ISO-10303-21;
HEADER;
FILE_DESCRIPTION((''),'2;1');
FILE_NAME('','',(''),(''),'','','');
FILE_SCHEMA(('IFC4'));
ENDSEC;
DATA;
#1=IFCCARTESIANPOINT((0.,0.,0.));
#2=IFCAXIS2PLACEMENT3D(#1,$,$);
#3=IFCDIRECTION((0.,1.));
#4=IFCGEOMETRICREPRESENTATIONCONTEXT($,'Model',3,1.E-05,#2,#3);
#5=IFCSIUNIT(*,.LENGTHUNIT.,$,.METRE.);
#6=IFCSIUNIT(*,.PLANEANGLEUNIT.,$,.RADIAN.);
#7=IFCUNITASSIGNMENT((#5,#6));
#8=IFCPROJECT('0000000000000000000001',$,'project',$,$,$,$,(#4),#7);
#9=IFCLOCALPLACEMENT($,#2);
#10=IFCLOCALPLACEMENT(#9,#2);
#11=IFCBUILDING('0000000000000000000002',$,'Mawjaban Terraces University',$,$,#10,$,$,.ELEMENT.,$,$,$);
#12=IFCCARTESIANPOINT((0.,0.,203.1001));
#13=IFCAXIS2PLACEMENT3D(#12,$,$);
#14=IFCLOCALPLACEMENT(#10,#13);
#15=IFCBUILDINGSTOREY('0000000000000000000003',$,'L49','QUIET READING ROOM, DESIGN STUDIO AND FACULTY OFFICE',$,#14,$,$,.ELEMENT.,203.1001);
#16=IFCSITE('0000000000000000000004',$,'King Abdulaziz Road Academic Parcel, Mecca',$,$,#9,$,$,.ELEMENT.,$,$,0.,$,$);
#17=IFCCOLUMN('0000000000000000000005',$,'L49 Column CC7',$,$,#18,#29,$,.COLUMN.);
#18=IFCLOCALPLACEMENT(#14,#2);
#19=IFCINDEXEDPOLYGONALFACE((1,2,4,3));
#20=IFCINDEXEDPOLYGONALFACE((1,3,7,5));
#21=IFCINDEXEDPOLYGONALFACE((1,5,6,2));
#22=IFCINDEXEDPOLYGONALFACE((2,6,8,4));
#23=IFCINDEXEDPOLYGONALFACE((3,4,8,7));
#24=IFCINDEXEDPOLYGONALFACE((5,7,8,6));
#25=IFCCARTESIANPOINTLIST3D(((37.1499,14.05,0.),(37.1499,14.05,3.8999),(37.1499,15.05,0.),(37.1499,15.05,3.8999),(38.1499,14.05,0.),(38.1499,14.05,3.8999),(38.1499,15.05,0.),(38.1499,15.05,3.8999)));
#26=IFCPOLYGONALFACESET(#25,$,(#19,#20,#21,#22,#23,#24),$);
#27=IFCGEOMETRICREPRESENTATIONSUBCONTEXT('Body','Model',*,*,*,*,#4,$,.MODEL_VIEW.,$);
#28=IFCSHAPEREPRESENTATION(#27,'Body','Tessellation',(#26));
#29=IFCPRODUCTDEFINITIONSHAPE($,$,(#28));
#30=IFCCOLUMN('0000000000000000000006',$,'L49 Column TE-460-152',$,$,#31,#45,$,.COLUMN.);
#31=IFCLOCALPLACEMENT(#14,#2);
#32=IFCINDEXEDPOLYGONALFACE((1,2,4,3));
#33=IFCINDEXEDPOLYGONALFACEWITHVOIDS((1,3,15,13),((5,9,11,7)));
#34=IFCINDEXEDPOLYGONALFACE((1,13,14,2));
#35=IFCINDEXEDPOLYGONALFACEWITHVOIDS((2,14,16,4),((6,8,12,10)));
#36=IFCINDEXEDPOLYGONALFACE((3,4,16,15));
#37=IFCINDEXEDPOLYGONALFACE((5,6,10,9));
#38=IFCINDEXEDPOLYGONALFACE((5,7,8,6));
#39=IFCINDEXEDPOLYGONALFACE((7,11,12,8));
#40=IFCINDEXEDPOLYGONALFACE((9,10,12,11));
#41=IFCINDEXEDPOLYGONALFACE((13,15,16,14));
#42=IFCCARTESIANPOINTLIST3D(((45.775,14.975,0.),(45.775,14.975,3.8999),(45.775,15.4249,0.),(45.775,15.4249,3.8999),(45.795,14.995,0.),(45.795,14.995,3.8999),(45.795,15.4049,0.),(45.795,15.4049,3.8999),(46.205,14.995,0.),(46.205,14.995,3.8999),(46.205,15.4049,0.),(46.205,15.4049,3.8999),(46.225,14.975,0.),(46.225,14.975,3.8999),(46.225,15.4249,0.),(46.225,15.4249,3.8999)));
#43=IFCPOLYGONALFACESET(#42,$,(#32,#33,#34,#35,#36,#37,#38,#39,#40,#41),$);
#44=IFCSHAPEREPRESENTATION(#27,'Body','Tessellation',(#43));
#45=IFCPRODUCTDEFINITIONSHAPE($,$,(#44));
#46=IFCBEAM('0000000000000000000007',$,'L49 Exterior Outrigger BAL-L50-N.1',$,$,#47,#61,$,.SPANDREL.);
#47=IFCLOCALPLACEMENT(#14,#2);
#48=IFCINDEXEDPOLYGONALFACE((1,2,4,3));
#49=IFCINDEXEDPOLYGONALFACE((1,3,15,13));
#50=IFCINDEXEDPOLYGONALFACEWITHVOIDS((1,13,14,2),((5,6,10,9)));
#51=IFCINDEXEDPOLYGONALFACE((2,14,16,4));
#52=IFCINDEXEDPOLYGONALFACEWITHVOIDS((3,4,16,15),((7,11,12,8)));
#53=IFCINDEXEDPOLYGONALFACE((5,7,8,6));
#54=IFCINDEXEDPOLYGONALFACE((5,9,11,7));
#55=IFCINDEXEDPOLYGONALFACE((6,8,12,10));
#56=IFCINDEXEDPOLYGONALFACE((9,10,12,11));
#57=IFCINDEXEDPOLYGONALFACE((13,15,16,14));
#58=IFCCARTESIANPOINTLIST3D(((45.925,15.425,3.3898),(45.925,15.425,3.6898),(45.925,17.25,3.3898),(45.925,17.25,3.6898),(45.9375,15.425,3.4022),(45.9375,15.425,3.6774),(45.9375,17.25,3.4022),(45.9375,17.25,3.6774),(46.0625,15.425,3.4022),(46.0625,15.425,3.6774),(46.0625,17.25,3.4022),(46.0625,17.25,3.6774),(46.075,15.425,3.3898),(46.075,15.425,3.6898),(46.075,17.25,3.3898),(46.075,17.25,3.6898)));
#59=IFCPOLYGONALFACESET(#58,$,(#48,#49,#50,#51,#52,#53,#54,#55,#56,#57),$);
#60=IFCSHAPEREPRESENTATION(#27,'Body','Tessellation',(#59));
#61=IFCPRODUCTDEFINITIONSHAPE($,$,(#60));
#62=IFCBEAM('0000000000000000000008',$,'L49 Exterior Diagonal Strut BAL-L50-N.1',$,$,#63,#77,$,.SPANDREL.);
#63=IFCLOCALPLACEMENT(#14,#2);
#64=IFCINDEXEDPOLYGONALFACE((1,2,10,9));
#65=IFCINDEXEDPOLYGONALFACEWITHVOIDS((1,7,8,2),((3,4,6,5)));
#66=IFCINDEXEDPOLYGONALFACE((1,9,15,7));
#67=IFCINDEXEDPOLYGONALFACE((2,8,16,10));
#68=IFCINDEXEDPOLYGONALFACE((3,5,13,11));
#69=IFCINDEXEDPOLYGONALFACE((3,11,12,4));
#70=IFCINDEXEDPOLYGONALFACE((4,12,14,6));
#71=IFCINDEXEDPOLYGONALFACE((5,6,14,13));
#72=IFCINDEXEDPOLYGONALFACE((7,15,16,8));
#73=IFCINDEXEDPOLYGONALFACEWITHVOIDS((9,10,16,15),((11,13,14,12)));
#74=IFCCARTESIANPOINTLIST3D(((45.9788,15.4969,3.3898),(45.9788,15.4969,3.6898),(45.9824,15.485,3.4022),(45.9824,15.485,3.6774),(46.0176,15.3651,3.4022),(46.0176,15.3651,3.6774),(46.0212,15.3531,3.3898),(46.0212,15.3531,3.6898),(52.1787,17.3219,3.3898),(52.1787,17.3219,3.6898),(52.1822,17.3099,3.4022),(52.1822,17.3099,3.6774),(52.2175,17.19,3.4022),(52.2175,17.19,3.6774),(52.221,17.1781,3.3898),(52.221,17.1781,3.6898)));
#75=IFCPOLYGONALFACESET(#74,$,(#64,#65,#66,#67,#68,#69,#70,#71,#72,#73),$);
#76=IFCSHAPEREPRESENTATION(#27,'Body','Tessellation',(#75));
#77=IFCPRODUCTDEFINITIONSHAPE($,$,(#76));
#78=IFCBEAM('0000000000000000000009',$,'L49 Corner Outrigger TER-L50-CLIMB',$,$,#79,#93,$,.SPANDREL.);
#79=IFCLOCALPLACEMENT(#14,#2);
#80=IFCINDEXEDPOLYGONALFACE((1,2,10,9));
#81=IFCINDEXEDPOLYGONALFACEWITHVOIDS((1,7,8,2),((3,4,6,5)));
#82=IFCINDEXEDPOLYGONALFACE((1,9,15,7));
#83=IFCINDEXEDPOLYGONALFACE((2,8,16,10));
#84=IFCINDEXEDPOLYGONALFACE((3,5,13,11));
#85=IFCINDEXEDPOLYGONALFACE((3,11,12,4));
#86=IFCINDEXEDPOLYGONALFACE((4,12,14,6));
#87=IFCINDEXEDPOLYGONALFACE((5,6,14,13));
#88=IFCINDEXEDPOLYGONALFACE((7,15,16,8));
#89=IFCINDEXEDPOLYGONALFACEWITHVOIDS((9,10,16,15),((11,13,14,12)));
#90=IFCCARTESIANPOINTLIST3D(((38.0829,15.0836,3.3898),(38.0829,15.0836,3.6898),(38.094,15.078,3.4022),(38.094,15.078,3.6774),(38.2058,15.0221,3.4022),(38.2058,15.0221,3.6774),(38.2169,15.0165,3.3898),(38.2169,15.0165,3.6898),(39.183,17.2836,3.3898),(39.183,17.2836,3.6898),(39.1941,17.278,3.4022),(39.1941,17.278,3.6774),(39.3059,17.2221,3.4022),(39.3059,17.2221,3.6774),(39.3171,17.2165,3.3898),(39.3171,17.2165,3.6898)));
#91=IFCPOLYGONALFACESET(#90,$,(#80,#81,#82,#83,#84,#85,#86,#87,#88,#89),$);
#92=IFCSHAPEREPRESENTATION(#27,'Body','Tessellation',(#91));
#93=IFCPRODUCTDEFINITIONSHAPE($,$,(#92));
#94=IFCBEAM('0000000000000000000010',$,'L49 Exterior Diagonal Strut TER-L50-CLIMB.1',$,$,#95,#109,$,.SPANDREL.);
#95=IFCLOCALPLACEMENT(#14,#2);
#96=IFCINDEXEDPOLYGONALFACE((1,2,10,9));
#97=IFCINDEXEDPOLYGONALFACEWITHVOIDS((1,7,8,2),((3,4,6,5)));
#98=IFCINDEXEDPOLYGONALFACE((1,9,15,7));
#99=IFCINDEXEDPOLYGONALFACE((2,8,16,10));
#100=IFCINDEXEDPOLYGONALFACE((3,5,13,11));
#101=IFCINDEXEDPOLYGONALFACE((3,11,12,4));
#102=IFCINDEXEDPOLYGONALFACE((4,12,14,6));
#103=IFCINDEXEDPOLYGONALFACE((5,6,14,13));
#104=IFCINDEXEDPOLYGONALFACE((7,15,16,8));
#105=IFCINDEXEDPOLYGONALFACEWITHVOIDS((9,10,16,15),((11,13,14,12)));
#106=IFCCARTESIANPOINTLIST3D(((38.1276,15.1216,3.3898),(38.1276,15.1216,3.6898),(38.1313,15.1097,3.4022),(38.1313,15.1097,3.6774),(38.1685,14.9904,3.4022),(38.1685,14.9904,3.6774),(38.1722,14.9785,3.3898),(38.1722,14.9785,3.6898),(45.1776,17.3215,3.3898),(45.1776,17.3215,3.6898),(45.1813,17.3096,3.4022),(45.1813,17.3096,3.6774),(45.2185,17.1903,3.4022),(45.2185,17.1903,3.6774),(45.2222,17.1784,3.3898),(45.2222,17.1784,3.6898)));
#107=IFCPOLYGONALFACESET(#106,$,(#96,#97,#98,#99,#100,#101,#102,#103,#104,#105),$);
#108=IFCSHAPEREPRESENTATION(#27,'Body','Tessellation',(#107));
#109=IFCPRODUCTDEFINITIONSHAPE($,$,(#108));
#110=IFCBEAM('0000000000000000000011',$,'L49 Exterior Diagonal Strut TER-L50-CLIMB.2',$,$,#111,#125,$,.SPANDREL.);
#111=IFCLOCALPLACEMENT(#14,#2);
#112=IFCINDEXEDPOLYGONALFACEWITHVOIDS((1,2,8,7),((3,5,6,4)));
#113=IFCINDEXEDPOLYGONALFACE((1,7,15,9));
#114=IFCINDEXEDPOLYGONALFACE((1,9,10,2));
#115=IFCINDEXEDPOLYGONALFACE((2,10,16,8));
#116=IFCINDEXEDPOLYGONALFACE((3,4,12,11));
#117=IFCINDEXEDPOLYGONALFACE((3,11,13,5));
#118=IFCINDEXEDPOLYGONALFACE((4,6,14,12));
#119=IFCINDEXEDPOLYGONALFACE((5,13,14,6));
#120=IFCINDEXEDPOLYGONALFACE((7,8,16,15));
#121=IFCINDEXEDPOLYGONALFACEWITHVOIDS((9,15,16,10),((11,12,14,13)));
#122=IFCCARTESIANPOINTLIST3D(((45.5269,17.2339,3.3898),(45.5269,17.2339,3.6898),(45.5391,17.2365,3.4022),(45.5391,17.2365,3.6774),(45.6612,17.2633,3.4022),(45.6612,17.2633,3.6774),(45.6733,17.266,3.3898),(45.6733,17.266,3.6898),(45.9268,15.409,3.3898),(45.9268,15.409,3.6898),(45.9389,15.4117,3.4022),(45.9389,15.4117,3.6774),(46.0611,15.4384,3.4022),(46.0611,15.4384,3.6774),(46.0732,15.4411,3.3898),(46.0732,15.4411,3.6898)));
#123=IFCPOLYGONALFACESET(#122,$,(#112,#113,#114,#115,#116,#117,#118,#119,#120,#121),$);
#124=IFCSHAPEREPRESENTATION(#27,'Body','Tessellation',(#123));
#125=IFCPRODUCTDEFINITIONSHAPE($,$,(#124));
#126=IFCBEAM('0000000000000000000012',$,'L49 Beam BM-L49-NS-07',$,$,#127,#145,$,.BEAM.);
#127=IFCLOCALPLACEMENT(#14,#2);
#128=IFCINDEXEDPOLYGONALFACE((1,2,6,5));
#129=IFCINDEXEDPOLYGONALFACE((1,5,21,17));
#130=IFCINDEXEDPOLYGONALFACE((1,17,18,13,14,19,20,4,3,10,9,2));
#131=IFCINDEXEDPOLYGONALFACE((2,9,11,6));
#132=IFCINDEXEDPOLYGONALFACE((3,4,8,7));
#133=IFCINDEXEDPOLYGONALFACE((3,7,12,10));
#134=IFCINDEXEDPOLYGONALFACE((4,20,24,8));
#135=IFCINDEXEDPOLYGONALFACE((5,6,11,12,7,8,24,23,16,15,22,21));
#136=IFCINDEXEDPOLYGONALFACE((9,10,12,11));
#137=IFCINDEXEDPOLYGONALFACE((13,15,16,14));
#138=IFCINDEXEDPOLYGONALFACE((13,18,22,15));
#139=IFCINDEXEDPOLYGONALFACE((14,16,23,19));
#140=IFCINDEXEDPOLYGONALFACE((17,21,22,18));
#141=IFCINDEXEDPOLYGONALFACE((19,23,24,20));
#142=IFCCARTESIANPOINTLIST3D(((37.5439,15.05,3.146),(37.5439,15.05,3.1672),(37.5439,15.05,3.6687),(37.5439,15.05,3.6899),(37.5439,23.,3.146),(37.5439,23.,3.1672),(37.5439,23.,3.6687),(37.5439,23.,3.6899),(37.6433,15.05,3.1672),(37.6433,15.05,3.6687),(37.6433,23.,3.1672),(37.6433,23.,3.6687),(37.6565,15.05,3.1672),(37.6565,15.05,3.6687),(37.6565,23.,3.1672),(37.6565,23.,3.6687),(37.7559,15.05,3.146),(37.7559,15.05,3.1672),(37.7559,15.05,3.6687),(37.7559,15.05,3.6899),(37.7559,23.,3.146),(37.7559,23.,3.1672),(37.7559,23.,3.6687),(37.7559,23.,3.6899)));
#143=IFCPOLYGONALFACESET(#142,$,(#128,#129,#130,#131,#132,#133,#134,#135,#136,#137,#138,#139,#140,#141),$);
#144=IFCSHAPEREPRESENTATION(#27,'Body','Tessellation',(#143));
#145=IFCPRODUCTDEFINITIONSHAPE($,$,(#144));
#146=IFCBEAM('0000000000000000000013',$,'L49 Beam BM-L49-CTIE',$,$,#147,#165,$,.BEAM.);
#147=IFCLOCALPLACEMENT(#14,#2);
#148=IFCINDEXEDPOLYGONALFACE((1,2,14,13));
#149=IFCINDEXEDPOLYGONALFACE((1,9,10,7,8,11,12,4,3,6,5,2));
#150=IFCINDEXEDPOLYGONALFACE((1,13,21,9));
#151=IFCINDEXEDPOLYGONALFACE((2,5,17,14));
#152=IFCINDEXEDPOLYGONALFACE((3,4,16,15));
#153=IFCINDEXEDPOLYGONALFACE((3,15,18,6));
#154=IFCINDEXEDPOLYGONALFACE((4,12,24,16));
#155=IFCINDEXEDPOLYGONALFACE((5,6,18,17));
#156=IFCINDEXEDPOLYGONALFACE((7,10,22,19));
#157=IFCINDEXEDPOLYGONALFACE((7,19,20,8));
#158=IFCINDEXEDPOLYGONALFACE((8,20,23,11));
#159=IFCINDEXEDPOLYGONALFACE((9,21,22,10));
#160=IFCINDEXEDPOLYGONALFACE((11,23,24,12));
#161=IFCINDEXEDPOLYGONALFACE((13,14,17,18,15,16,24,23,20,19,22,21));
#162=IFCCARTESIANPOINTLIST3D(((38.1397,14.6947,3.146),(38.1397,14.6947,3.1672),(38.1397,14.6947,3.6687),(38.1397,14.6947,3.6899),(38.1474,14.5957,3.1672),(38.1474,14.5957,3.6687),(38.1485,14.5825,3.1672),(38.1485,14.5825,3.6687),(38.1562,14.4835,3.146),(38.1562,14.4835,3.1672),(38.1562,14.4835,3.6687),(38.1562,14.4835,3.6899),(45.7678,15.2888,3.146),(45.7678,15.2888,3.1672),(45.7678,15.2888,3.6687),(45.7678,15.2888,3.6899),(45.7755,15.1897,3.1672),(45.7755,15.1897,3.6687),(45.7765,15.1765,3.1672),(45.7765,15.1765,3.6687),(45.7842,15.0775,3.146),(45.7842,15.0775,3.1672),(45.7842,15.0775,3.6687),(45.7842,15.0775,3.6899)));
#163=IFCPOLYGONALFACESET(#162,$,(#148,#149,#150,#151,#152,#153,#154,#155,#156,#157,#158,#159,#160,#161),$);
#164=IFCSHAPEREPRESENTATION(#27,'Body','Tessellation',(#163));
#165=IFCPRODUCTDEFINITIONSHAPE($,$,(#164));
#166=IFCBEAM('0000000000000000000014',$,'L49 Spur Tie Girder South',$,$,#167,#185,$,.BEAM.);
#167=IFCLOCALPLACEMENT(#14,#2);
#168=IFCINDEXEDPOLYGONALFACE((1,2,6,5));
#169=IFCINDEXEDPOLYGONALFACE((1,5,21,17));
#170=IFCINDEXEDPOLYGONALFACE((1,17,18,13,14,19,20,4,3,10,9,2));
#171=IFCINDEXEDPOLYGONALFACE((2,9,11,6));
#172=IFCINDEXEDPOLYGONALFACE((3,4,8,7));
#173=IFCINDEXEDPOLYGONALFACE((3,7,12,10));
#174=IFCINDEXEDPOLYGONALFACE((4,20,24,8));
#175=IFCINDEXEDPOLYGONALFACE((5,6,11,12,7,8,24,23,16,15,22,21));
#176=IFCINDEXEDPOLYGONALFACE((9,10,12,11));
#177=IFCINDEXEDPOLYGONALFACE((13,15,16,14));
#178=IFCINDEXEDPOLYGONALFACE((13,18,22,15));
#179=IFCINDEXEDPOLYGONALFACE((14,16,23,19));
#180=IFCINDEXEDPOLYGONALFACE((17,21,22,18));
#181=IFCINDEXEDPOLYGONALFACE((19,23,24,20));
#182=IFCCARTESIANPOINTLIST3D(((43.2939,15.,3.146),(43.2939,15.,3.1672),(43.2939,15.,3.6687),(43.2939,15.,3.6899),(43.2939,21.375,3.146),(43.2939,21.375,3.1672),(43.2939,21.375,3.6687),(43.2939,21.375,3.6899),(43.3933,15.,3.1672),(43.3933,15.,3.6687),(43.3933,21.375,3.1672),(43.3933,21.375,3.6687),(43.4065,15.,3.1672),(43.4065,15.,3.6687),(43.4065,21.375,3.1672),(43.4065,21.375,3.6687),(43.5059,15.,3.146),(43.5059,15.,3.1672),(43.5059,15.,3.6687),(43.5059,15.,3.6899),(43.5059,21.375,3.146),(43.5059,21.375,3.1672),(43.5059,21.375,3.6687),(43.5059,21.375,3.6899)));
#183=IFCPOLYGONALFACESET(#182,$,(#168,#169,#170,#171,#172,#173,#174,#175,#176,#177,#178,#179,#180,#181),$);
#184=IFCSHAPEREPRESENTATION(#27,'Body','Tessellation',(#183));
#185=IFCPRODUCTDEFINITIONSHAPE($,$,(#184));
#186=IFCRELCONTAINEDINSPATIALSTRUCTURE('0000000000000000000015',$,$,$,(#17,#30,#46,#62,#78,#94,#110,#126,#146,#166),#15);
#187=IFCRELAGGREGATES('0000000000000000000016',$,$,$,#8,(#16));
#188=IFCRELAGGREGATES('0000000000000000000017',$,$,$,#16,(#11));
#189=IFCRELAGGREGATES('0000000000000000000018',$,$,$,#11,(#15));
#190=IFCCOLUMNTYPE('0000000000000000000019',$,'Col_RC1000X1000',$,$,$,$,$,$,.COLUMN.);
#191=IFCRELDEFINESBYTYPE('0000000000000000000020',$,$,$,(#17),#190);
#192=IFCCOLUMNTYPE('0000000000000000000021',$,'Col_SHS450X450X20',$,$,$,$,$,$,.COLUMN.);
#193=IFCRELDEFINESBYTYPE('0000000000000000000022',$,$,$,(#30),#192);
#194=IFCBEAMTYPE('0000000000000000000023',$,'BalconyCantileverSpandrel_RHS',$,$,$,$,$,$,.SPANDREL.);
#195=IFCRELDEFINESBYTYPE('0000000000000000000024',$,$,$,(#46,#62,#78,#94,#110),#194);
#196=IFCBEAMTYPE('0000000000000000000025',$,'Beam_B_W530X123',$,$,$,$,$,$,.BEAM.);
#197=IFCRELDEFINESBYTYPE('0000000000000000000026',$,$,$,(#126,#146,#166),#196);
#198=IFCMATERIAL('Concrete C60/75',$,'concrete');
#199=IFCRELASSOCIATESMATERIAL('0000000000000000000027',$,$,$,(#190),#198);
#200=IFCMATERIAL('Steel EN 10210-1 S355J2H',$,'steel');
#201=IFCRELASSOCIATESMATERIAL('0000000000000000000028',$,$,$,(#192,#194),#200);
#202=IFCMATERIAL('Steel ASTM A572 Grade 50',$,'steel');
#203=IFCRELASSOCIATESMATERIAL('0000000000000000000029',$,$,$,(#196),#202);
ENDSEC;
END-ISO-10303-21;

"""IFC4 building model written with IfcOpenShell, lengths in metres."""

from ifc_helpers import new_model, si_unit, direction, frame, origin, origin_2d, place, context, subcontext, project, spatial, rectangle, hollow_rectangle, i_section, extrude, material, material_profile, profile_set, type_object, element, save


model = new_model("IFC4")

# Units and contexts
model_context = context("Model", 3, precision=1e-05, world=origin(), true_north=direction((0.0, 1.0)))
body_context = subcontext(model_context, "Body", "Model", "MODEL_VIEW")
ifc_project = project(units=[si_unit("LENGTHUNIT", "METRE"), si_unit("PLANEANGLEUNIT", "RADIAN")], contexts=[model_context])

# Site, building, storey
site_placement = place(None, origin())
site = spatial("IfcSite", under=ifc_project, at=site_placement, Name="King Abdulaziz Road Academic Parcel, Mecca", CompositionType="ELEMENT", RefElevation=0.0)
building_placement = place(site_placement, origin())
building = spatial("IfcBuilding", under=site, at=building_placement, Name="Mawjaban Terraces University", CompositionType="ELEMENT")
storey_placement = place(building_placement, frame((0.0, 0.0, 203.1001)))
storey = spatial("IfcBuildingStorey", under=building, at=storey_placement, Name="L49", Description="QUIET READING ROOM, DESIGN STUDIO AND FACULTY OFFICE", CompositionType="ELEMENT", Elevation=203.1001)

# Columns
ifc_material_1 = material(Name="Concrete C60/75", Category="concrete")
ifc_material_profile_1 = material_profile(ifc_material_1, rectangle(XDim=1.0, YDim=1.0, at=origin_2d()), Name="RC1000X1000")
ifc_profile_set_1 = profile_set([ifc_material_profile_1], Name="Concrete C60/75")
column_type_1 = type_object("IfcColumnType", Name="Col_RC1000X1000", PredefinedType="COLUMN", material=ifc_profile_set_1)
column_1_placement = place(storey_placement, frame((37.6499, 14.55, 0.0), z_axis=(0.0, 0.0, 1.0), x_axis=(1.0, 0.0, 0.0)))
element("IfcColumn", 1, at=column_1_placement, inside=storey, type_object=column_type_1, Name="L49 Column CC7", PredefinedType="COLUMN", context=body_context, shape_type="SweptSolid", body=[
    extrude(rectangle(XDim=1.0, YDim=1.0, at=origin_2d()), origin(), (0.0, 0.0, 1.0), 3.8999),
])
ifc_material_2 = material(Name="Steel EN 10210-1 S355J2H", Category="steel")
ifc_material_profile_2 = material_profile(ifc_material_2, hollow_rectangle(XDim=0.45, YDim=0.45, WallThickness=0.02, at=origin_2d()), Name="SHS450X450X20")
ifc_profile_set_2 = profile_set([ifc_material_profile_2], Name="Steel EN 10210-1 S355J2H")
column_type_2 = type_object("IfcColumnType", Name="Col_SHS450X450X20", PredefinedType="COLUMN", material=ifc_profile_set_2)
column_2_placement = place(storey_placement, frame((46.0, 15.2, 0.0), z_axis=(0.0, 0.0, 1.0), x_axis=(1.0, 0.0, 0.0)))
element("IfcColumn", 2, at=column_2_placement, inside=storey, type_object=column_type_2, Name="L49 Column TE-460-152", PredefinedType="COLUMN", context=body_context, shape_type="SweptSolid", body=[
    extrude(hollow_rectangle(XDim=0.45, YDim=0.45, WallThickness=0.02, at=origin_2d()), origin(), (0.0, 0.0, 1.0), 3.8999),
])

# Beams
ifc_material_profile_3 = material_profile(ifc_material_2, hollow_rectangle(XDim=0.1499, YDim=0.3, WallThickness=0.0125, at=origin_2d()), Name="RHS300X150X12.5")
ifc_profile_set_3 = profile_set([ifc_material_profile_3], Name="Steel EN 10210-1 S355J2H")
beam_type_1 = type_object("IfcBeamType", Name="BalconyCantileverSpandrel_RHS", PredefinedType="SPANDREL", material=ifc_profile_set_3)
beam_1_placement = place(storey_placement, frame((46.0, 15.425, 3.5398), z_axis=(0.0, 1.0, 0.0), x_axis=(-1.0, 0.0, 0.0)))
element("IfcBeam", 3, at=beam_1_placement, inside=storey, type_object=beam_type_1, Name="L49 Exterior Outrigger BAL-L50-N.1", PredefinedType="SPANDREL", context=body_context, shape_type="SweptSolid", body=[
    extrude(hollow_rectangle(XDim=0.1499, YDim=0.3, WallThickness=0.0125, at=origin_2d()), origin(), (0.0, 0.0, 1.0), 1.825),
])
beam_2_placement = place(storey_placement, frame((46.0, 15.425, 3.5398), z_axis=(0.959305, 0.282371, 0.0), x_axis=(-0.282371, 0.959305, 0.0)))
element("IfcBeam", 4, at=beam_2_placement, inside=storey, type_object=beam_type_1, Name="L49 Exterior Diagonal Strut BAL-L50-N.1", PredefinedType="SPANDREL", context=body_context, shape_type="SweptSolid", body=[
    extrude(hollow_rectangle(XDim=0.1499, YDim=0.3, WallThickness=0.0125, at=origin_2d()), origin(), (0.0, 0.0, 1.0), 6.4629),
])
beam_3_placement = place(storey_placement, frame((38.1499, 15.05, 3.5398), z_axis=(0.447253, 0.894407, 0.0), x_axis=(-0.894407, 0.447253, 0.0)))
element("IfcBeam", 5, at=beam_3_placement, inside=storey, type_object=beam_type_1, Name="L49 Corner Outrigger TER-L50-CLIMB", PredefinedType="SPANDREL", context=body_context, shape_type="SweptSolid", body=[
    extrude(hollow_rectangle(XDim=0.1499, YDim=0.3, WallThickness=0.0125, at=origin_2d()), origin(), (0.0, 0.0, 1.0), 2.4597),
])
beam_4_placement = place(storey_placement, frame((38.1499, 15.05, 3.5398), z_axis=(0.954603, 0.297882, 0.0), x_axis=(-0.297882, 0.954603, 0.0)))
element("IfcBeam", 6, at=beam_4_placement, inside=storey, type_object=beam_type_1, Name="L49 Exterior Diagonal Strut TER-L50-CLIMB.1", PredefinedType="SPANDREL", context=body_context, shape_type="SweptSolid", body=[
    extrude(hollow_rectangle(XDim=0.1499, YDim=0.3, WallThickness=0.0125, at=origin_2d()), origin(), (0.0, 0.0, 1.0), 7.3853),
])
beam_5_placement = place(storey_placement, frame((46.0, 15.425, 3.5398), z_axis=(-0.214052, 0.976822, 0.0), x_axis=(-0.976822, -0.214052, 0.0)))
element("IfcBeam", 7, at=beam_5_placement, inside=storey, type_object=beam_type_1, Name="L49 Exterior Diagonal Strut TER-L50-CLIMB.2", PredefinedType="SPANDREL", context=body_context, shape_type="SweptSolid", body=[
    extrude(hollow_rectangle(XDim=0.1499, YDim=0.3, WallThickness=0.0125, at=origin_2d()), origin(), (0.0, 0.0, 1.0), 1.8682),
])
ifc_material_3 = material(Name="Steel ASTM A572 Grade 50", Category="steel")
ifc_material_profile_4 = material_profile(ifc_material_3, i_section(OverallWidth=0.2119, OverallDepth=0.5439, WebThickness=0.0132, FlangeThickness=0.0212, at=origin_2d()), Name="W530X123")
ifc_profile_set_4 = profile_set([ifc_material_profile_4], Name="Steel ASTM A572 Grade 50")
beam_type_2 = type_object("IfcBeamType", Name="Beam_B_W530X123", PredefinedType="BEAM", material=ifc_profile_set_4)
beam_6_placement = place(storey_placement, frame((37.6499, 15.05, 3.418), z_axis=(0.0, 1.0, 0.0), x_axis=(-1.0, 0.0, 0.0)))
element("IfcBeam", 8, at=beam_6_placement, inside=storey, type_object=beam_type_2, Name="L49 Beam BM-L49-NS-07", PredefinedType="BEAM", context=body_context, shape_type="SweptSolid", body=[
    extrude(i_section(OverallWidth=0.2119, OverallDepth=0.5439, WebThickness=0.0132, FlangeThickness=0.0212, at=origin_2d()), origin(), (0.0, 0.0, 1.0), 7.95),
])
beam_7_placement = place(storey_placement, frame((38.1479, 14.5891, 3.418), z_axis=(0.996982, 0.077636, 0.0), x_axis=(-0.077636, 0.996982, 0.0)))
element("IfcBeam", 9, at=beam_7_placement, inside=storey, type_object=beam_type_2, Name="L49 Beam BM-L49-CTIE", PredefinedType="BEAM", context=body_context, shape_type="SweptSolid", body=[
    extrude(i_section(OverallWidth=0.2119, OverallDepth=0.5439, WebThickness=0.0132, FlangeThickness=0.0212, at=origin_2d()), origin(), (0.0, 0.0, 1.0), 7.6511),
])
beam_8_placement = place(storey_placement, frame((43.3999, 15.0, 3.418), z_axis=(0.0, 1.0, 0.0), x_axis=(-1.0, 0.0, 0.0)))
element("IfcBeam", 10, at=beam_8_placement, inside=storey, type_object=beam_type_2, Name="L49 Spur Tie Girder South", PredefinedType="BEAM", context=body_context, shape_type="SweptSolid", body=[
    extrude(i_section(OverallWidth=0.2119, OverallDepth=0.5439, WebThickness=0.0132, FlangeThickness=0.0212, at=origin_2d()), origin(), (0.0, 0.0, 1.0), 6.375),
])

save(model, "model.ifc")
